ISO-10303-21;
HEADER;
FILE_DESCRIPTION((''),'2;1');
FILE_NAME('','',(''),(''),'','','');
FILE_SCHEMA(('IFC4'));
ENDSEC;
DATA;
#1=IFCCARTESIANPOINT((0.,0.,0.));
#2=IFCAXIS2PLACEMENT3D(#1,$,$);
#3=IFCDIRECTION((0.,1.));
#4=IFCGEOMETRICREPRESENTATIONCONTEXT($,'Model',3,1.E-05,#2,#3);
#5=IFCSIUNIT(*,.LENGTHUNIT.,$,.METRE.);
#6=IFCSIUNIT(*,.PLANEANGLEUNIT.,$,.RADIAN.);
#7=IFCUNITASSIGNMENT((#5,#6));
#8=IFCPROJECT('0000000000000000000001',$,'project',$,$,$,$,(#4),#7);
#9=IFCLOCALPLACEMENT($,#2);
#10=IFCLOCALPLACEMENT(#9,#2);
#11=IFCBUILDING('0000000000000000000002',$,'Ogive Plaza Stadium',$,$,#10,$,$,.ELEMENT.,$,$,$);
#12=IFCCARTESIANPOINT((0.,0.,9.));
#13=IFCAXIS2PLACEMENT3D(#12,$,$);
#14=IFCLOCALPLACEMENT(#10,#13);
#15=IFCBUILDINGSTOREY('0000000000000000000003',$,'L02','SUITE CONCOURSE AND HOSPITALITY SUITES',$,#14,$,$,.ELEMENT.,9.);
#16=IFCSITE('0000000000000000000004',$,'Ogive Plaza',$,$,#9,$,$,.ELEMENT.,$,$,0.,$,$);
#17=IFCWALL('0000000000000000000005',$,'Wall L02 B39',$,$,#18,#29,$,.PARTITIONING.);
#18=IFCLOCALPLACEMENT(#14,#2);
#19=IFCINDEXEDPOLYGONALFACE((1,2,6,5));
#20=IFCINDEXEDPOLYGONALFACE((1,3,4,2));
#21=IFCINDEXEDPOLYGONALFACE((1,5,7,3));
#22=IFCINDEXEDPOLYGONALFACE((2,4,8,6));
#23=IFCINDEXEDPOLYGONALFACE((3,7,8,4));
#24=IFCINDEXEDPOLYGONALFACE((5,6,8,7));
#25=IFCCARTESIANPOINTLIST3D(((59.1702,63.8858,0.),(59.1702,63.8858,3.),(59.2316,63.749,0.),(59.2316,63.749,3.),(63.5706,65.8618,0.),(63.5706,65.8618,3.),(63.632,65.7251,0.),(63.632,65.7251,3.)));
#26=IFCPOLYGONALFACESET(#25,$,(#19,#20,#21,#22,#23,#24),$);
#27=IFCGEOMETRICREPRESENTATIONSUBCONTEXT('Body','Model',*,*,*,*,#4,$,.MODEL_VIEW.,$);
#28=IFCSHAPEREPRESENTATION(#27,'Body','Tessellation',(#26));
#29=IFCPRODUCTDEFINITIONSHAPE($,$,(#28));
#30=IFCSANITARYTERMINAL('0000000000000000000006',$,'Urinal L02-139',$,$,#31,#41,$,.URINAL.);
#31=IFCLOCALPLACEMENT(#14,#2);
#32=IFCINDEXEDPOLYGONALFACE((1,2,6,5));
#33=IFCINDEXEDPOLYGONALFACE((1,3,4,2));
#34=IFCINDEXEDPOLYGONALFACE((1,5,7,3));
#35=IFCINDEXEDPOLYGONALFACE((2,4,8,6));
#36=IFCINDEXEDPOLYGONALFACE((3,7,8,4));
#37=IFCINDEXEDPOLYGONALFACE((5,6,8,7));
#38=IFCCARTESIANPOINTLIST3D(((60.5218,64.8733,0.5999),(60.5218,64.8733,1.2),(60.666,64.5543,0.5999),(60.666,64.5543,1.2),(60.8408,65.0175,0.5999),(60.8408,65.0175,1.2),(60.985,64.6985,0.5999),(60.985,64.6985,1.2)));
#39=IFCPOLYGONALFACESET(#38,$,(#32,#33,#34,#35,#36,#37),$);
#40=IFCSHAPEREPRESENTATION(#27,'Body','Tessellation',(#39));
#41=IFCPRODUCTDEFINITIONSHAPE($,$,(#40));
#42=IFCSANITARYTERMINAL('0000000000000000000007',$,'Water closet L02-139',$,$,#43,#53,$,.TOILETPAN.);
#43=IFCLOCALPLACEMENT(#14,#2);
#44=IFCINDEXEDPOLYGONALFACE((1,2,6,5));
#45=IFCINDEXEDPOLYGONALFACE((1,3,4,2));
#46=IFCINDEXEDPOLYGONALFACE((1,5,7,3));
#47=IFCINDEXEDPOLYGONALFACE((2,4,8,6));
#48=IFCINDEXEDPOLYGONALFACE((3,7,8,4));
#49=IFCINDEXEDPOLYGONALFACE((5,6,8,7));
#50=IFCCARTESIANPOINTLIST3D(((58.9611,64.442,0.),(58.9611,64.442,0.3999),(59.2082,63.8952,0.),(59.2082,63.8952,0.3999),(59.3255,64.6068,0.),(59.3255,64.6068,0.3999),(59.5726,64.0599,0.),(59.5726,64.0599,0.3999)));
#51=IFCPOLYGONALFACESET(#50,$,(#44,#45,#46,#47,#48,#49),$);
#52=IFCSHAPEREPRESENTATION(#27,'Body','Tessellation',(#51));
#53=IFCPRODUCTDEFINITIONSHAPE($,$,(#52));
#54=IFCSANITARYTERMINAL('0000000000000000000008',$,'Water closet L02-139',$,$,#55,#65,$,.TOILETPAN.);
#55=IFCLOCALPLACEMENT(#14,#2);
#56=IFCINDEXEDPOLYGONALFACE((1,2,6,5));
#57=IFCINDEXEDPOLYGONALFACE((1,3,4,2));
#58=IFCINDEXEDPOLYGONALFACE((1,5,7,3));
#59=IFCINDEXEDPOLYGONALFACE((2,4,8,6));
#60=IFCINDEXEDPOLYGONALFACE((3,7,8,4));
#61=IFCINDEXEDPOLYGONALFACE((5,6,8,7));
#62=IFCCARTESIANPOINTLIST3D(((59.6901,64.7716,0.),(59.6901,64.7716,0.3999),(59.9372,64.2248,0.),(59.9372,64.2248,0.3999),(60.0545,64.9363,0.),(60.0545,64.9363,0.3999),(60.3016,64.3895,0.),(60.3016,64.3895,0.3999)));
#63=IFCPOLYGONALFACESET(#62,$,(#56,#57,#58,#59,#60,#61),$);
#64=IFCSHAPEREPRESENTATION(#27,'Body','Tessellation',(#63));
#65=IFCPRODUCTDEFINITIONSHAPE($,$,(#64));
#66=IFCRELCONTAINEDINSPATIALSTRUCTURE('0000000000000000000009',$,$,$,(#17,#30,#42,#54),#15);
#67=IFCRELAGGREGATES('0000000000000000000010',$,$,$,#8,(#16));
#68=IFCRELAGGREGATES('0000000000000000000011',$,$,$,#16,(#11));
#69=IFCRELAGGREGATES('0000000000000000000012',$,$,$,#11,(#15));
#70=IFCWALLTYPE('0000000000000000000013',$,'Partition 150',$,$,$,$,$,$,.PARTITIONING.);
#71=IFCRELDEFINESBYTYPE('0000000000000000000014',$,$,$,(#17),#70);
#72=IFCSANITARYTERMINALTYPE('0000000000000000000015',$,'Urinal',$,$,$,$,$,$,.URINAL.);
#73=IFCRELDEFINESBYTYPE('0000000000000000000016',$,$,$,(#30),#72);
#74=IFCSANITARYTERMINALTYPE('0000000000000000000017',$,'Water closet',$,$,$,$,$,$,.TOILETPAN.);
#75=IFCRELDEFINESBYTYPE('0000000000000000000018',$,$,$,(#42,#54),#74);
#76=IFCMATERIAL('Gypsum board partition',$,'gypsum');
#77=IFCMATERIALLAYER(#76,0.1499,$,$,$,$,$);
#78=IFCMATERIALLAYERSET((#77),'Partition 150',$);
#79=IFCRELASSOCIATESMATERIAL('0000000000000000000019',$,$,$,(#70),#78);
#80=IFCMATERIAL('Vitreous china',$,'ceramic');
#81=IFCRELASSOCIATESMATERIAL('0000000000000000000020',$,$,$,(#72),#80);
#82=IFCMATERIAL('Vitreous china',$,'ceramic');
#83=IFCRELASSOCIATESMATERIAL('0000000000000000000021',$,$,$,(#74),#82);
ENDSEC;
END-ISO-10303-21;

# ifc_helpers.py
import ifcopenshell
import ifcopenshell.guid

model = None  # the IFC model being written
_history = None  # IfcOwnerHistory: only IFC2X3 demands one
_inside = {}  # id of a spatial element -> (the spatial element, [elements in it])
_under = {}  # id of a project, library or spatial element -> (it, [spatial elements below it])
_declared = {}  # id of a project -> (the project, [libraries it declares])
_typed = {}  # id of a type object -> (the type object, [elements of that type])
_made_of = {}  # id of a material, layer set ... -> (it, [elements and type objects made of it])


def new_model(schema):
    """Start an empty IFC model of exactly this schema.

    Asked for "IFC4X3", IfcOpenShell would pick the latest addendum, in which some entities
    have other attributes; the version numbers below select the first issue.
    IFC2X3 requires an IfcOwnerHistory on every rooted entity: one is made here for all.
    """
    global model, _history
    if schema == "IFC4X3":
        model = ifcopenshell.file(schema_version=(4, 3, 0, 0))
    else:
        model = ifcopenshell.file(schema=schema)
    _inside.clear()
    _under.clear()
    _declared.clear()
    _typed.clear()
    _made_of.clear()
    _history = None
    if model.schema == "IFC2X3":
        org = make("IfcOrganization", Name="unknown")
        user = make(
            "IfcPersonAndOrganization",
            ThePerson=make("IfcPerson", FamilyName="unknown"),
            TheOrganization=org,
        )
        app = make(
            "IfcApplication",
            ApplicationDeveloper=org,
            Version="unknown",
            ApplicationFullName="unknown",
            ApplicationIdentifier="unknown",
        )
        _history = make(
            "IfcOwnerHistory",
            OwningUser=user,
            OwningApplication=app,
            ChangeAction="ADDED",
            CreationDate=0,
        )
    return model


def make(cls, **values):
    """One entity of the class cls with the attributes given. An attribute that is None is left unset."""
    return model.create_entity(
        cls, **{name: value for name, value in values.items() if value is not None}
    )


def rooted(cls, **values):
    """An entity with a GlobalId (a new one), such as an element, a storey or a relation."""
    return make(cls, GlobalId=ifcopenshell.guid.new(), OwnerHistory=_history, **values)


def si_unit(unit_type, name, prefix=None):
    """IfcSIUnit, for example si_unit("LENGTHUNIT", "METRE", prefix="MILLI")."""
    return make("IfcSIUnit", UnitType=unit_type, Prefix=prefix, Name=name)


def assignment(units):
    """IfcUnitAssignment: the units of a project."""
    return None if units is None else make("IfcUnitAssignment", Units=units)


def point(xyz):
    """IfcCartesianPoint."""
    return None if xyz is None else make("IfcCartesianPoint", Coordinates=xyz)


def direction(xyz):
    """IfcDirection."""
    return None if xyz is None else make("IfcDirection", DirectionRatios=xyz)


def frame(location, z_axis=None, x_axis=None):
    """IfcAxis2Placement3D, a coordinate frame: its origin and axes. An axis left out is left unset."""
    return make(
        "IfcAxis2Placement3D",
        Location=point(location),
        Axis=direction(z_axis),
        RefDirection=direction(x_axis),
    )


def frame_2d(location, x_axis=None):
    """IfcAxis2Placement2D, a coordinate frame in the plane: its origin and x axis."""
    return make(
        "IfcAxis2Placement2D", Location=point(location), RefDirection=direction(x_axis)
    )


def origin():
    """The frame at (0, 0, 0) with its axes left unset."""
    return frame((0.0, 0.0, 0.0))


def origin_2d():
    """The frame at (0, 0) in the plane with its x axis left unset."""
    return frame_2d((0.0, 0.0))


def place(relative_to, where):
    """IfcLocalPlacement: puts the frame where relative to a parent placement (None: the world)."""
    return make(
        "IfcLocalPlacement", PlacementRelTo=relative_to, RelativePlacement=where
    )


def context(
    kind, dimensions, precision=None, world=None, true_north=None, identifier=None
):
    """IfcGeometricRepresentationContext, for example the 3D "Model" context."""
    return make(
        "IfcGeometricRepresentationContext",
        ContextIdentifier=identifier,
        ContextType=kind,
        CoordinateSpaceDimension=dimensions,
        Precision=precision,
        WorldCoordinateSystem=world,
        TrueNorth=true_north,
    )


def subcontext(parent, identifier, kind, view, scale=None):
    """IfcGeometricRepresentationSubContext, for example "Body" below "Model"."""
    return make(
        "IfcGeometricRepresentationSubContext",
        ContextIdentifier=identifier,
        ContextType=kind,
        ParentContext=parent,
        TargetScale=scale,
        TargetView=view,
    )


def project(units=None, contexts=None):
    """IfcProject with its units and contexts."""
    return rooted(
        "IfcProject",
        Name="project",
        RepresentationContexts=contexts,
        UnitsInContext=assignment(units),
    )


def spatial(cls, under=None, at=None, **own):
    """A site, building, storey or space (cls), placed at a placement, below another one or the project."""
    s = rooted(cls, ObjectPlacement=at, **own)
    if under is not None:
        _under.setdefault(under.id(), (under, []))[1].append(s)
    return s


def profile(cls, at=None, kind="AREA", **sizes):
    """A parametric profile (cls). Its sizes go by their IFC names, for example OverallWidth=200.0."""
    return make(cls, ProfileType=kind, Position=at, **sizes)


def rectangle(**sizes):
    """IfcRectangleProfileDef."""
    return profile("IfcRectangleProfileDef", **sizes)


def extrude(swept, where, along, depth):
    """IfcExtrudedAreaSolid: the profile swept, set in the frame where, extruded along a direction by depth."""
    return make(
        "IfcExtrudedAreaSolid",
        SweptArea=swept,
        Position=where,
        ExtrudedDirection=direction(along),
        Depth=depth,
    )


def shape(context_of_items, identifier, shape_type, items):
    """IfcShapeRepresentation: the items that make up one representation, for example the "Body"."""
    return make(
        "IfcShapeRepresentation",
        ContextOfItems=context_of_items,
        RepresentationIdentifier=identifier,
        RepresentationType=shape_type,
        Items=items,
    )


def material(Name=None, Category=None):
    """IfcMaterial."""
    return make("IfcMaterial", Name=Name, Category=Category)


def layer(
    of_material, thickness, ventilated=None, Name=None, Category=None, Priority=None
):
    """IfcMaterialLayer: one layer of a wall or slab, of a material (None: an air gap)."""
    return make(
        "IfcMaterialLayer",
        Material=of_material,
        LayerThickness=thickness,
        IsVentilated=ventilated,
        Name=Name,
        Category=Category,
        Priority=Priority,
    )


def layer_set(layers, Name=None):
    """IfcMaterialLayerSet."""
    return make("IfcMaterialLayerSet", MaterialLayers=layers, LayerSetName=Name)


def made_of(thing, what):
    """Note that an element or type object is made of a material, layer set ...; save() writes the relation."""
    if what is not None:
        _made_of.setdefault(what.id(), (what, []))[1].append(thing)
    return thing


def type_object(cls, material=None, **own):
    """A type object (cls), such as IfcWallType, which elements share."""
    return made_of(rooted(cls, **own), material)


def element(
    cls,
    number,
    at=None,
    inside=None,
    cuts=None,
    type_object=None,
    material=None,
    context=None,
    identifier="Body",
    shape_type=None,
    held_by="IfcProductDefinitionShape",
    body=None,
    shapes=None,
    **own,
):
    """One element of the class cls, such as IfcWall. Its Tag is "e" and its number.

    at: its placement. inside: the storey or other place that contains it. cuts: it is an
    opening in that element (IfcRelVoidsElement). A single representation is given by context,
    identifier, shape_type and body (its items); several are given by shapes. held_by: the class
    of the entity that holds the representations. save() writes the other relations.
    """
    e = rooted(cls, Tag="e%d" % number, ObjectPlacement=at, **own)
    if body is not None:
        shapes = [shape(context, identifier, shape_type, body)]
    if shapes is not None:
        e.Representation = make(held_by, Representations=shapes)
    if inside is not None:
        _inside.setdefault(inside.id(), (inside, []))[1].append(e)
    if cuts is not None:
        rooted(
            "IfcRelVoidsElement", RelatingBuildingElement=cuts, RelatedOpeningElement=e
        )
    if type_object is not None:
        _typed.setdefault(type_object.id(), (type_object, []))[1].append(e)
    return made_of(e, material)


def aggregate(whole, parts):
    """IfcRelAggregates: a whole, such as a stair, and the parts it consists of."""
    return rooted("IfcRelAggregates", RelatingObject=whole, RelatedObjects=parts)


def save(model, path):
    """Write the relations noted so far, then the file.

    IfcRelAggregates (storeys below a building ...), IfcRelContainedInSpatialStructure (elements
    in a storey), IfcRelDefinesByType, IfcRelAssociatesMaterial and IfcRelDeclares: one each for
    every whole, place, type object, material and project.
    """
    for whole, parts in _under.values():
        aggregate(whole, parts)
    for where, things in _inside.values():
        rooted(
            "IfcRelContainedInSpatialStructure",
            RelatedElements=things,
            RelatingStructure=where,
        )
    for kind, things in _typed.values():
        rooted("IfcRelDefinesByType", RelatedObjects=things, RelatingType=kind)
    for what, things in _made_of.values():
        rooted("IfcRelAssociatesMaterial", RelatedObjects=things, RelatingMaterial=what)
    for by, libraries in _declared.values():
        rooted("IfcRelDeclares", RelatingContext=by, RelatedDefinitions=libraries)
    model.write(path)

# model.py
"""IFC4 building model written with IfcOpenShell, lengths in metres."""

from ifc_helpers import new_model, si_unit, direction, frame, frame_2d, origin, origin_2d, place, context, subcontext, project, spatial, rectangle, extrude, material, layer, layer_set, type_object, element, save


model = new_model("IFC4")

# Units and contexts
model_context = context("Model", 3, precision=1e-05, world=origin(), true_north=direction((0.0, 1.0)))
body_context = subcontext(model_context, "Body", "Model", "MODEL_VIEW")
ifc_project = project(units=[si_unit("LENGTHUNIT", "METRE"), si_unit("PLANEANGLEUNIT", "RADIAN")], contexts=[model_context])

# Site, building, storey
site_placement = place(None, origin())
site = spatial("IfcSite", under=ifc_project, at=site_placement, Name="Ogive Plaza", CompositionType="ELEMENT", RefElevation=0.0)
building_placement = place(site_placement, origin())
building = spatial("IfcBuilding", under=site, at=building_placement, Name="Ogive Plaza Stadium", CompositionType="ELEMENT")
storey_placement = place(building_placement, frame((0.0, 0.0, 9.0)))
storey = spatial("IfcBuildingStorey", under=building, at=storey_placement, Name="L02", Description="SUITE CONCOURSE AND HOSPITALITY SUITES", CompositionType="ELEMENT", Elevation=9.0)

# Wall
ifc_material_1 = material(Name="Gypsum board partition", Category="gypsum")
ifc_layer_1 = layer(ifc_material_1, 0.1499)
ifc_layer_set_1 = layer_set([ifc_layer_1], Name="Partition 150")
wall_type_1 = type_object("IfcWallType", Name="Partition 150", PredefinedType="PARTITIONING", material=ifc_layer_set_1)
wall_1_placement = place(storey_placement, frame((59.2009, 63.8174, 0.0), z_axis=(0.0, 0.0, 1.0), x_axis=(0.912239, 0.409657, 0.0)))
element("IfcWall", 1, at=wall_1_placement, inside=storey, type_object=wall_type_1, Name="Wall L02 B39", PredefinedType="PARTITIONING", context=body_context, shape_type="SweptSolid", body=[
    extrude(rectangle(XDim=4.8237, YDim=0.1499, at=frame_2d((2.4119, 0.0))), origin(), (0.0, 0.0, 1.0), 3.0),
])

# Sanitary terminals
ifc_material_2 = material(Name="Vitreous china", Category="ceramic")
sanitary_terminal_type_1 = type_object("IfcSanitaryTerminalType", Name="Urinal", PredefinedType="URINAL", material=ifc_material_2)
sanitary_terminal_placement = place(storey_placement, frame((60.7534, 64.7859, 0.5999), z_axis=(0.0, 0.0, 1.0), x_axis=(0.911223, 0.411914, 0.0)))
element("IfcSanitaryTerminal", 2, at=sanitary_terminal_placement, inside=storey, type_object=sanitary_terminal_type_1, Name="Urinal L02-139", PredefinedType="URINAL", context=body_context, shape_type="SweptSolid", body=[
    extrude(rectangle(XDim=0.3501, YDim=0.3501, at=origin_2d()), origin(), (0.0, 0.0, 1.0), 0.6001),
])
ifc_material_3 = material(Name="Vitreous china", Category="ceramic")
sanitary_terminal_type_2 = type_object("IfcSanitaryTerminalType", Name="Water closet", PredefinedType="TOILETPAN", material=ifc_material_3)
for number, where, z_axis, x_axis, name in (
    (3, (59.2668, 64.251, 0.0), (0.0, 0.0, 1.0), (0.911223, 0.411914, 0.0), "Water closet L02-139"),
    (4, (59.9958, 64.5806, 0.0), (0.0, 0.0, 1.0), (0.911223, 0.411914, 0.0), "Water closet L02-139"),
):
    element("IfcSanitaryTerminal", number, at=place(storey_placement, frame(where, z_axis=z_axis, x_axis=x_axis)), inside=storey, type_object=sanitary_terminal_type_2, Name=name, PredefinedType="TOILETPAN", context=body_context, shape_type="SweptSolid", body=[
        extrude(rectangle(XDim=0.3999, YDim=0.6001, at=origin_2d()), origin(), (0.0, 0.0, 1.0), 0.3999),
    ])

save(model, "model.ifc")
